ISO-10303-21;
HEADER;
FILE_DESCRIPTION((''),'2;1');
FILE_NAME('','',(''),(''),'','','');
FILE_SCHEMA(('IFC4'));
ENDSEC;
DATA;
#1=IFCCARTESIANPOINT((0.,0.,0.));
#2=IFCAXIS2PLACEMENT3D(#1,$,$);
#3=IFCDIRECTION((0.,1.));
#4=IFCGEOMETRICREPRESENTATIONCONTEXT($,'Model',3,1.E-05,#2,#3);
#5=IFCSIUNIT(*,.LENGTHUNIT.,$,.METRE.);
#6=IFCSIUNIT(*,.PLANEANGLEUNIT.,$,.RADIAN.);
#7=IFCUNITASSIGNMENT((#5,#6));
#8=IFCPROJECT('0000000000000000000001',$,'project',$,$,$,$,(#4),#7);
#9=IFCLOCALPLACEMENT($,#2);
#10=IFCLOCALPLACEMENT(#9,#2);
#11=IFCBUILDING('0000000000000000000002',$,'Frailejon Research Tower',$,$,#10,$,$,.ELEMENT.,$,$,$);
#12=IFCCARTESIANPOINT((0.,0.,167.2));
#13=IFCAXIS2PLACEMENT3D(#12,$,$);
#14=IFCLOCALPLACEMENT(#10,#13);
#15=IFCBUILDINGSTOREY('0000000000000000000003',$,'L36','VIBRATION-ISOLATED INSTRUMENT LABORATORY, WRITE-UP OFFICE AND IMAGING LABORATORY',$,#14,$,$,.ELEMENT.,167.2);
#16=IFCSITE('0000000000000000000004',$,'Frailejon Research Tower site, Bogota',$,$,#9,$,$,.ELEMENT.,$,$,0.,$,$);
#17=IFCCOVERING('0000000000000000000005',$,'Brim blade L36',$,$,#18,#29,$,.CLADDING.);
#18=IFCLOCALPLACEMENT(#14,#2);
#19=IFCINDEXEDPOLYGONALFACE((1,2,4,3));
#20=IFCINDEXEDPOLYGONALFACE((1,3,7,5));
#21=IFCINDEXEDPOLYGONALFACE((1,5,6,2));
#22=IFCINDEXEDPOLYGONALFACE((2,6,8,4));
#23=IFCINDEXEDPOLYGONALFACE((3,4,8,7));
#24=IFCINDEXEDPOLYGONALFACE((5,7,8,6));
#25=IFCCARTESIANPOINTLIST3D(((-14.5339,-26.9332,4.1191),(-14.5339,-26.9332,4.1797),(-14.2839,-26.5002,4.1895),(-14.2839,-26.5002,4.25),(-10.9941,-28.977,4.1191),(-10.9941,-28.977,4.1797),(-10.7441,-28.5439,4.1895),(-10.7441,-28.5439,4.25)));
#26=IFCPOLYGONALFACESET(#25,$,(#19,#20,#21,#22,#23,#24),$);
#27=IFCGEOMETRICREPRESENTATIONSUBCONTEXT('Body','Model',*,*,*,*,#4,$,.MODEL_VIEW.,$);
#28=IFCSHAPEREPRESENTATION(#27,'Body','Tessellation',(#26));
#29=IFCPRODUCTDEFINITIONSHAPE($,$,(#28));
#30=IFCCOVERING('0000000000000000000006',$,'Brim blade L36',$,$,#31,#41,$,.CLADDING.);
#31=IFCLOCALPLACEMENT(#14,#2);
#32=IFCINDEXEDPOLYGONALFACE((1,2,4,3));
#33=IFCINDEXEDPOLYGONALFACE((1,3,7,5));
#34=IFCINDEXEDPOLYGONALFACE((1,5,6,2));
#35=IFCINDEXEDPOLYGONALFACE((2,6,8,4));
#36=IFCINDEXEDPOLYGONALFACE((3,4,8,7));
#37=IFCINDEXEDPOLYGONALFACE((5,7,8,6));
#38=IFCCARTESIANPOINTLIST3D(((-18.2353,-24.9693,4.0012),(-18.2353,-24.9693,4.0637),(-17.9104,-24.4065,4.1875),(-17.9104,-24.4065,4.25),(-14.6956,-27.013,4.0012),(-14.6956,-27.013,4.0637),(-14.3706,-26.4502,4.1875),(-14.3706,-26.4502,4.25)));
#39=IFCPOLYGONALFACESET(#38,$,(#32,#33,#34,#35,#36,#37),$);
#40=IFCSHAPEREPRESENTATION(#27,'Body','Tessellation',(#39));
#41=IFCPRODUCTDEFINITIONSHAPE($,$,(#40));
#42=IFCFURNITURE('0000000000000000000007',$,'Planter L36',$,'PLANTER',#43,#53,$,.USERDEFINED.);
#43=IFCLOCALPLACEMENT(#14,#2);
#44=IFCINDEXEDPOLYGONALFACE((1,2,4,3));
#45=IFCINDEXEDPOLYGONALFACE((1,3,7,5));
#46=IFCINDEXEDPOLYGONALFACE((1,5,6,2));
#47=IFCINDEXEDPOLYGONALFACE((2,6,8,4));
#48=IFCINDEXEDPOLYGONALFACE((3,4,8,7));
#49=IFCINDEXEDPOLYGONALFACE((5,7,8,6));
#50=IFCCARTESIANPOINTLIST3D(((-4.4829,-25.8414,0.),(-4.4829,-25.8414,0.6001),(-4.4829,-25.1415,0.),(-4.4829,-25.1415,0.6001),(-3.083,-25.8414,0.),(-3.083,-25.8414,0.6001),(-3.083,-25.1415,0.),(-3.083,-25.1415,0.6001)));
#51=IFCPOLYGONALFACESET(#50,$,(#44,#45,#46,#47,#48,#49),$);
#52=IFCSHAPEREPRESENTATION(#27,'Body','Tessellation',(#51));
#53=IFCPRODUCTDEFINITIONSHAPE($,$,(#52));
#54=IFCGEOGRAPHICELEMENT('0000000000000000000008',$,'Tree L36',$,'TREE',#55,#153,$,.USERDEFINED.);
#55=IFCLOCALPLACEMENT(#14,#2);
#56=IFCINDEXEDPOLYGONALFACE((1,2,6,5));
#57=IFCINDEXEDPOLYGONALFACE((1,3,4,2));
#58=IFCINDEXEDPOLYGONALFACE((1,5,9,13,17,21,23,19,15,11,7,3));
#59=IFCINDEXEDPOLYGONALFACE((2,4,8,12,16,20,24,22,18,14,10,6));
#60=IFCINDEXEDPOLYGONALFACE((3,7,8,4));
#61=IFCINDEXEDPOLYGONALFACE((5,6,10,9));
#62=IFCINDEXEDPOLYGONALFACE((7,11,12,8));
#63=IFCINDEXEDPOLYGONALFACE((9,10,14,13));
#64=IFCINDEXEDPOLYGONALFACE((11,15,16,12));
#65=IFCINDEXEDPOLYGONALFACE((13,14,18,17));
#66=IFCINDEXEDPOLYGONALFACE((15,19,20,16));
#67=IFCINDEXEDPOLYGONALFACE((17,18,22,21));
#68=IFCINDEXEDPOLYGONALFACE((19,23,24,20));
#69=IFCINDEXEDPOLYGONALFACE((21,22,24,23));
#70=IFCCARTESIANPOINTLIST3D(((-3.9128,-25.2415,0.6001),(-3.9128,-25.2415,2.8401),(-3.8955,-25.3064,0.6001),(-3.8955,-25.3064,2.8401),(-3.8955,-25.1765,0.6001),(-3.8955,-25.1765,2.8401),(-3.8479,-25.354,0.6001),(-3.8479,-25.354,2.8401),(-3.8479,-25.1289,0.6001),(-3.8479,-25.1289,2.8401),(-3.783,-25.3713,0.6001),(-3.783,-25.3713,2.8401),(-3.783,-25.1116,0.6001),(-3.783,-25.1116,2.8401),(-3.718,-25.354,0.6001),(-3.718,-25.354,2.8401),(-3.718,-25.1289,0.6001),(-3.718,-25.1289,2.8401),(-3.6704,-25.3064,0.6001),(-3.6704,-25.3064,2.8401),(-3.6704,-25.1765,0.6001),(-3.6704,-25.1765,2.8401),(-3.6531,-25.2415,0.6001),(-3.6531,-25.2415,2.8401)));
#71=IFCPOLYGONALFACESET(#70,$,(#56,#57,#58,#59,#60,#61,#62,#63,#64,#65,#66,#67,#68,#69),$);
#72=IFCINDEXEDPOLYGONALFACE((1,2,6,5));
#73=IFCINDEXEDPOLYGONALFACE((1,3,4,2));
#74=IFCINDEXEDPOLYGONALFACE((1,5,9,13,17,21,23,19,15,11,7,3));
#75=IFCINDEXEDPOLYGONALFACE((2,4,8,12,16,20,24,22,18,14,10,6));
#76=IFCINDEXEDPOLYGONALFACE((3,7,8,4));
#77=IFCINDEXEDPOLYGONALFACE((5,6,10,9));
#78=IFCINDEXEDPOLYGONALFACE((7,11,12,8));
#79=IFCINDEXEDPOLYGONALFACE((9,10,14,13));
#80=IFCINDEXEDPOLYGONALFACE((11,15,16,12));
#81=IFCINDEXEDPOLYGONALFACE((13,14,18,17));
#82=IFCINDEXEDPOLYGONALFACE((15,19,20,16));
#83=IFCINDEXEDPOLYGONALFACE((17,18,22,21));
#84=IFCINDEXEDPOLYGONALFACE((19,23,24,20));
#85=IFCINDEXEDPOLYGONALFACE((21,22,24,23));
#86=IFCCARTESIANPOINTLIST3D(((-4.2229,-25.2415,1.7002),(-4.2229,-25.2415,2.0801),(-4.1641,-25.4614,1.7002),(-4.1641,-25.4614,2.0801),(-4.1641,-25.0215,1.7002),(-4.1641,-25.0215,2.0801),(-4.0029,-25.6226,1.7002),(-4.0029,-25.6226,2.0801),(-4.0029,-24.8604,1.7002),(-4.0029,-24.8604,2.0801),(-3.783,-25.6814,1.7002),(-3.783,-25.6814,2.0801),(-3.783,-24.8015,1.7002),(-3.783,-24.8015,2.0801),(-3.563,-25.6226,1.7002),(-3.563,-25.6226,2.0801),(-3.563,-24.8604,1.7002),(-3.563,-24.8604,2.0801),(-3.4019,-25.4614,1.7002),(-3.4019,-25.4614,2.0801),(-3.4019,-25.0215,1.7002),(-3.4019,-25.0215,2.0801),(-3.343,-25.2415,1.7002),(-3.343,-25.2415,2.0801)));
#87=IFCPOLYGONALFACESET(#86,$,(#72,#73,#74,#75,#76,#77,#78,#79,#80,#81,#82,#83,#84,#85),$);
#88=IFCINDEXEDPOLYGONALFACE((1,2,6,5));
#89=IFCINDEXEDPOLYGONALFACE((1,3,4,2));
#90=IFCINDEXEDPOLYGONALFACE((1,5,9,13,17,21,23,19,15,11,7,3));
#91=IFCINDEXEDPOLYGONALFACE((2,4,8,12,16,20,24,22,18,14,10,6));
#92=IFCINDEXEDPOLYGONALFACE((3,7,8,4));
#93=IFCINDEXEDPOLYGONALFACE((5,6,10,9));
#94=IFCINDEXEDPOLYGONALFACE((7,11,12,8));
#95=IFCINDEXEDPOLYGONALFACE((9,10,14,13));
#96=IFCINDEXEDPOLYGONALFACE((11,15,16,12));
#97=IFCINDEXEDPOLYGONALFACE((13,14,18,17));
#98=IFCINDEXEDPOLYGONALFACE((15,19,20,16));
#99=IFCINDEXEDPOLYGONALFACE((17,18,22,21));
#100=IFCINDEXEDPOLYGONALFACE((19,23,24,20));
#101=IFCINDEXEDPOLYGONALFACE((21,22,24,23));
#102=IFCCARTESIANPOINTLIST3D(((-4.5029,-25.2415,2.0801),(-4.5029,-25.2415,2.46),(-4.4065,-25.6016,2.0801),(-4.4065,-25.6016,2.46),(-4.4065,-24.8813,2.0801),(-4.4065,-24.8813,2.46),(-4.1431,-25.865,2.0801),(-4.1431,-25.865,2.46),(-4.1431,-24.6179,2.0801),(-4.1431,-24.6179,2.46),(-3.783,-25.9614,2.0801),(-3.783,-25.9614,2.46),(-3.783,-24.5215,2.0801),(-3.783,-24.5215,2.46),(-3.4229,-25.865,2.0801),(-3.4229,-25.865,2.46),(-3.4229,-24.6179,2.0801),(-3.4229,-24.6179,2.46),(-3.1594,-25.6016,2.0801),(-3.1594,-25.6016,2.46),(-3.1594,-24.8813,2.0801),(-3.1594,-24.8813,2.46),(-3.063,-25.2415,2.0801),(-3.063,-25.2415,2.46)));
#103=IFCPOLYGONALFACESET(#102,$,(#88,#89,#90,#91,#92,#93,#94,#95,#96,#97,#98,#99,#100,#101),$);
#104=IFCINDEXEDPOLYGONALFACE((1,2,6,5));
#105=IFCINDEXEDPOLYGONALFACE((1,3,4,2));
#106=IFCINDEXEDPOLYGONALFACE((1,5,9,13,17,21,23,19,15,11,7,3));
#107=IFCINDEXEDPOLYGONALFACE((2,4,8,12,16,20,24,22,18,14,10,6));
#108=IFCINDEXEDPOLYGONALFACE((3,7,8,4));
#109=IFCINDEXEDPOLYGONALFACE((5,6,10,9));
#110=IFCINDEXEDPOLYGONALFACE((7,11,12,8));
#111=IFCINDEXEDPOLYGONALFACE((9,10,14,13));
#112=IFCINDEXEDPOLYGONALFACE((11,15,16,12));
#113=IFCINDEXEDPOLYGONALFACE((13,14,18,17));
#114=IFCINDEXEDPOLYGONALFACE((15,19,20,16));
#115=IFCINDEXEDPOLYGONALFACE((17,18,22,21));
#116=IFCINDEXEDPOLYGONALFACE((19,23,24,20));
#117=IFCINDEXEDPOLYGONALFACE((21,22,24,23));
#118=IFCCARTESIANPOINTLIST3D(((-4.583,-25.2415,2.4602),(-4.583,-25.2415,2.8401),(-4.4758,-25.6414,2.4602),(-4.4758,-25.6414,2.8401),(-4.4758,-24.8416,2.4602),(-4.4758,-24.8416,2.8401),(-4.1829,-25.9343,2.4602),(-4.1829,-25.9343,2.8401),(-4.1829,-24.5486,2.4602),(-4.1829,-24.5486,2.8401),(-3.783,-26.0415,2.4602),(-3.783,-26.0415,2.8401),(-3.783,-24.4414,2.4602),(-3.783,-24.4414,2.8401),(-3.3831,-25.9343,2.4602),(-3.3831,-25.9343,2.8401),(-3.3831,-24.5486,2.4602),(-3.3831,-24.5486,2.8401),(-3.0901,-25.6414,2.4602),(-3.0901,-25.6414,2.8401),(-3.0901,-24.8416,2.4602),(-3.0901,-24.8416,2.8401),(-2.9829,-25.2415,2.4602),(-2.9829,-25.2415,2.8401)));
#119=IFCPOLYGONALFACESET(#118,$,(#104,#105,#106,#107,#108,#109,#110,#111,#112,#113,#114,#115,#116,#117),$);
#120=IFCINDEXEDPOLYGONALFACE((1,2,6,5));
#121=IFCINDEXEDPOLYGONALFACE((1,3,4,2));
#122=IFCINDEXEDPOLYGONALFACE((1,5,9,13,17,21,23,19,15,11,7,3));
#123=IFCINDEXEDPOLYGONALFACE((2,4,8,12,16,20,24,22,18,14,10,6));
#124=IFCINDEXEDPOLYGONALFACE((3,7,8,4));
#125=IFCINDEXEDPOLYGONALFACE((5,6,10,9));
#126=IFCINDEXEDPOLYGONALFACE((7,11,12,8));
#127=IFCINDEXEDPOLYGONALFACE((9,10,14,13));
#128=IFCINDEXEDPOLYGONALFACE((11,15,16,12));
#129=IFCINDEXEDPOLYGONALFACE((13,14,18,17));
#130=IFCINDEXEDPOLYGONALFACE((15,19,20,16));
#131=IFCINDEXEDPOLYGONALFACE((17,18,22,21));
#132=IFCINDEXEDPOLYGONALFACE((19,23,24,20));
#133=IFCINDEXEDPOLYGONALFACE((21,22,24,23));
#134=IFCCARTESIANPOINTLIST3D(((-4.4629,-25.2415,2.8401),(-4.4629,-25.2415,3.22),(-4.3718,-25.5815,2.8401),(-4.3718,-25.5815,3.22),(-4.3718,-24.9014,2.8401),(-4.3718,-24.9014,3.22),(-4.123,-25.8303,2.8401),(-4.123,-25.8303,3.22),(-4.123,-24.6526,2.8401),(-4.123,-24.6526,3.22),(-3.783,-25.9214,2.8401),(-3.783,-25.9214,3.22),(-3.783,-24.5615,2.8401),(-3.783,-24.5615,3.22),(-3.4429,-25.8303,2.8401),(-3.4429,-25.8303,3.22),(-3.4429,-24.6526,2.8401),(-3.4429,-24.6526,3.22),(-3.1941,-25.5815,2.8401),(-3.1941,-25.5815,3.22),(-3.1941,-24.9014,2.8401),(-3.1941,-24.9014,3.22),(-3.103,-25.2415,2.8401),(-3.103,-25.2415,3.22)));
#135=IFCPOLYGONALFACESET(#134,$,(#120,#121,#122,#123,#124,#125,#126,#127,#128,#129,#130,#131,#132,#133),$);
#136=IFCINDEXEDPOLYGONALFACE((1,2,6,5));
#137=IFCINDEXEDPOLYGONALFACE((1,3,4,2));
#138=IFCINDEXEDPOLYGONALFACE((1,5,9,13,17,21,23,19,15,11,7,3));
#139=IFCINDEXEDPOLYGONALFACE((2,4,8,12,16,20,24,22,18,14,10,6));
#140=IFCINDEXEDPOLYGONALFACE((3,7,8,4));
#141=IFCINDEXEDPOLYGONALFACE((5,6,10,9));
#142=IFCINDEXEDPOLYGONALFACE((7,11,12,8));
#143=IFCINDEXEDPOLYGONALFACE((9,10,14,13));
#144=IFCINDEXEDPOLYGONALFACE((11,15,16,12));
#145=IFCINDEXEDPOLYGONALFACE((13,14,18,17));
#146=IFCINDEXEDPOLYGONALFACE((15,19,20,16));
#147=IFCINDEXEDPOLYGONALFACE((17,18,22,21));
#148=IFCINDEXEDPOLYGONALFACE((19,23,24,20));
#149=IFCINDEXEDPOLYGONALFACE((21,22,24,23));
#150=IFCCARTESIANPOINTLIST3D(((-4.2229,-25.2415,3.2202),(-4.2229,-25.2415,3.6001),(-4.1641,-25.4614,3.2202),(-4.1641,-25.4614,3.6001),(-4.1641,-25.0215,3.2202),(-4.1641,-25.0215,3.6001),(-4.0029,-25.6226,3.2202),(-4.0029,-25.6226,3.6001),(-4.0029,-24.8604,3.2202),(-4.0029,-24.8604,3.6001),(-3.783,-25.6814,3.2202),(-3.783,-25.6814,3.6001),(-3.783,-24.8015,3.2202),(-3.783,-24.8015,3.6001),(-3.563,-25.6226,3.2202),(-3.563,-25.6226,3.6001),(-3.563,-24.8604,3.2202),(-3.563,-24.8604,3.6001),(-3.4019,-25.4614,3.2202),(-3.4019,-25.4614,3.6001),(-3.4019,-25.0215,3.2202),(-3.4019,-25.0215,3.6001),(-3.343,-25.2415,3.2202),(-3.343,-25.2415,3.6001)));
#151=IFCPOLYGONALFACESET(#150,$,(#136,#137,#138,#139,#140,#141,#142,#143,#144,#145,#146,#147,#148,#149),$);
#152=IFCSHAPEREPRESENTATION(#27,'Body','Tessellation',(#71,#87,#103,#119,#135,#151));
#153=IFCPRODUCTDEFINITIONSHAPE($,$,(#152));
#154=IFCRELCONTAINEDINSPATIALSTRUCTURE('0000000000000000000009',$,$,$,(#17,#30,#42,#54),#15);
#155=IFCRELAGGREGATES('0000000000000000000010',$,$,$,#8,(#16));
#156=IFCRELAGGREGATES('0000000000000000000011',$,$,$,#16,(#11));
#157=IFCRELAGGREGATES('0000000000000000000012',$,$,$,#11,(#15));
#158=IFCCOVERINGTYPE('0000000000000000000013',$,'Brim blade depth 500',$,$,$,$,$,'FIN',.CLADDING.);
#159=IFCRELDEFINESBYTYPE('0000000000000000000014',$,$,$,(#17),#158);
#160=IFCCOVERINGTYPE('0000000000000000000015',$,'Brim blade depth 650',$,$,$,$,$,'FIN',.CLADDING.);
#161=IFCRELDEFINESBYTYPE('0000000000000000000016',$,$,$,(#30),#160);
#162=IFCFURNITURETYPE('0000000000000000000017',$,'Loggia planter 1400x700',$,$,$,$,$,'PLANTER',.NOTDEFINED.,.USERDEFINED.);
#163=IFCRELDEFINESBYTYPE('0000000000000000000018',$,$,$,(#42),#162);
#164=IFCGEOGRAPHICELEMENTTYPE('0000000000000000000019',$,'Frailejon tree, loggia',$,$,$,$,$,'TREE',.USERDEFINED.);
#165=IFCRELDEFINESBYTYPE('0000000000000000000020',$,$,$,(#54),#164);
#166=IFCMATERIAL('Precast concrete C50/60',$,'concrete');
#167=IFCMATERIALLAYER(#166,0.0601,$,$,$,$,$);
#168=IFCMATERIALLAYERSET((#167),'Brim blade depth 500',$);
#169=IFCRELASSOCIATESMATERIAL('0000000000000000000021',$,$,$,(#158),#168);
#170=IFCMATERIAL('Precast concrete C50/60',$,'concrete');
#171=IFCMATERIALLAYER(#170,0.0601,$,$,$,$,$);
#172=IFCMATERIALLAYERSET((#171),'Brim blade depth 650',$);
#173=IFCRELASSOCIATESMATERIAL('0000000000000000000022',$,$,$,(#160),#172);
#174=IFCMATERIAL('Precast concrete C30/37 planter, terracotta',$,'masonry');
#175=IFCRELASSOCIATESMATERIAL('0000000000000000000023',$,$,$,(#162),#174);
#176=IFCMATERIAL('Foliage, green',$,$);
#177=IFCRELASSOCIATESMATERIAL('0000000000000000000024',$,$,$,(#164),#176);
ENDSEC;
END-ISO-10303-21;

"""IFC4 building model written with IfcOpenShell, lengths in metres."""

from ifc_helpers import new_model, si_unit, direction, frame, origin, origin_2d, place, context, subcontext, project, spatial, polyline, rectangle, outline, extrude, material, layer, layer_set, type_object, element, save


model = new_model("IFC4")

# Units and contexts
model_context = context("Model", 3, precision=1e-05, world=origin(), true_north=direction((0.0, 1.0)))
body_context = subcontext(model_context, "Body", "Model", "MODEL_VIEW")
ifc_project = project(units=[si_unit("LENGTHUNIT", "METRE"), si_unit("PLANEANGLEUNIT", "RADIAN")], contexts=[model_context])

# Site, building, storey
site_placement = place(None, origin())
site = spatial("IfcSite", under=ifc_project, at=site_placement, Name="Frailejon Research Tower site, Bogota", CompositionType="ELEMENT", RefElevation=0.0)
building_placement = place(site_placement, origin())
building = spatial("IfcBuilding", under=site, at=building_placement, Name="Frailejon Research Tower", CompositionType="ELEMENT")
storey_placement = place(building_placement, frame((0.0, 0.0, 167.2)))
storey = spatial("IfcBuildingStorey", under=building, at=storey_placement, Name="L36", Description="VIBRATION-ISOLATED INSTRUMENT LABORATORY, WRITE-UP OFFICE AND IMAGING LABORATORY", CompositionType="ELEMENT", Elevation=167.2)

# Coverings
ifc_material_1 = material(Name="Precast concrete C50/60", Category="concrete")
ifc_layer_1 = layer(ifc_material_1, 0.0601)
ifc_layer_set_1 = layer_set([ifc_layer_1], Name="Brim blade depth 500")
covering_type_1 = type_object("IfcCoveringType", Name="Brim blade depth 500", ElementType="FIN", PredefinedType="CLADDING", material=ifc_layer_set_1)
covering_1_placement = place(storey_placement, frame((-10.7441, -28.5439, 4.25), z_axis=(-0.866021, 0.500007, 0.0), x_axis=(-0.500007, -0.866021, 0.0)))
element("IfcCovering", 1, at=covering_1_placement, inside=storey, type_object=covering_type_1, Name="Brim blade L36", PredefinedType="CLADDING", context=body_context, shape_type="SweptSolid", body=[
    extrude(outline(polyline([(0.0, -0.0605), (0.5, -0.1309), (0.5, -0.0703), (0.0, 0.0), (0.0, -0.0605)])), origin(), (0.0, 0.0, 1.0), 4.0874),
])
ifc_material_2 = material(Name="Precast concrete C50/60", Category="concrete")
ifc_layer_2 = layer(ifc_material_2, 0.0601)
ifc_layer_set_2 = layer_set([ifc_layer_2], Name="Brim blade depth 650")
covering_type_2 = type_object("IfcCoveringType", Name="Brim blade depth 650", ElementType="FIN", PredefinedType="CLADDING", material=ifc_layer_set_2)
covering_2_placement = place(storey_placement, frame((-14.3706, -26.4502, 4.25), z_axis=(-0.866021, 0.500007, 0.0), x_axis=(-0.500007, -0.866021, 0.0)))
element("IfcCovering", 2, at=covering_2_placement, inside=storey, type_object=covering_type_2, Name="Brim blade L36", PredefinedType="CLADDING", context=body_context, shape_type="SweptSolid", body=[
    extrude(outline(polyline([(0.0, -0.0625), (0.6499, -0.2488), (0.6499, -0.1863), (0.0, 0.0), (0.0, -0.0625)])), origin(), (0.0, 0.0, 1.0), 4.0874),
])

# Furniture
ifc_material_3 = material(Name="Precast concrete C30/37 planter, terracotta", Category="masonry")
furniture_type = type_object("IfcFurnitureType", Name="Loggia planter 1400x700", ElementType="PLANTER", AssemblyPlace="NOTDEFINED", PredefinedType="USERDEFINED", material=ifc_material_3)
furniture_placement = place(storey_placement, frame((-3.783, -25.4915, 0.0), z_axis=(0.0, 0.0, 1.0), x_axis=(1.0, 0.0, 0.0)))
element("IfcFurniture", 3, at=furniture_placement, inside=storey, type_object=furniture_type, Name="Planter L36", ObjectType="PLANTER", PredefinedType="USERDEFINED", context=body_context, shape_type="SweptSolid", body=[
    extrude(rectangle(XDim=1.3999, YDim=0.7, at=origin_2d()), origin(), (0.0, 0.0, 1.0), 0.6001),
])

# Geographic element
ifc_material_4 = material(Name="Foliage, green")
geographic_element_type = type_object("IfcGeographicElementType", Name="Frailejon tree, loggia", ElementType="TREE", PredefinedType="USERDEFINED", material=ifc_material_4)
geographic_element_placement = place(storey_placement, frame((-3.783, -25.2415, 0.6001)))
element("IfcGeographicElement", 4, at=geographic_element_placement, inside=storey, type_object=geographic_element_type, Name="Tree L36", ObjectType="TREE", PredefinedType="USERDEFINED", context=body_context, shape_type="SweptSolid", body=[
    extrude(outline(polyline([(0.1299, 0.0), (0.1125, 0.0649), (0.0649, 0.1125), (0.0, 0.1299), (-0.0649, 0.1125), (-0.1125, 0.0649), (-0.1299, 0.0), (-0.1125, -0.0649), (-0.0649, -0.1125), (0.0, -0.1299), (0.0649, -0.1125), (0.1125, -0.0649), (0.1299, 0.0)])), origin(), (0.0, 0.0, 1.0), 2.24),
    extrude(outline(polyline([(0.4399, 0.0), (0.3811, 0.22), (0.22, 0.3811), (0.0, 0.4399), (-0.22, 0.3811), (-0.3811, 0.22), (-0.4399, 0.0), (-0.3811, -0.22), (-0.22, -0.3811), (0.0, -0.4399), (0.22, -0.3811), (0.3811, -0.22), (0.4399, 0.0)])), frame((0.0, 0.0, 1.1001)), (0.0, 0.0, 1.0), 0.3799),
    extrude(outline(polyline([(0.72, 0.0), (0.6235, 0.3601), (0.3601, 0.6235), (0.0, 0.72), (-0.3601, 0.6235), (-0.6235, 0.3601), (-0.72, 0.0), (-0.6235, -0.3601), (-0.3601, -0.6235), (0.0, -0.72), (0.3601, -0.6235), (0.6235, -0.3601), (0.72, 0.0)])), frame((0.0, 0.0, 1.48)), (0.0, 0.0, 1.0), 0.3799),
    extrude(outline(polyline([(0.8, 0.0), (0.6929, 0.3999), (0.3999, 0.6929), (0.0, 0.8), (-0.3999, 0.6929), (-0.6929, 0.3999), (-0.8, 0.0), (-0.6929, -0.3999), (-0.3999, -0.6929), (0.0, -0.8), (0.3999, -0.6929), (0.6929, -0.3999), (0.8, 0.0)])), frame((0.0, 0.0, 1.8601)), (0.0, 0.0, 1.0), 0.3799),
    extrude(outline(polyline([(0.6799, 0.0), (0.5889, 0.3401), (0.3401, 0.5889), (0.0, 0.6799), (-0.3401, 0.5889), (-0.5889, 0.3401), (-0.6799, 0.0), (-0.5889, -0.3401), (-0.3401, -0.5889), (0.0, -0.6799), (0.3401, -0.5889), (0.5889, -0.3401), (0.6799, 0.0)])), frame((0.0, 0.0, 2.24)), (0.0, 0.0, 1.0), 0.3799),
    extrude(outline(polyline([(0.4399, 0.0), (0.3811, 0.22), (0.22, 0.3811), (0.0, 0.4399), (-0.22, 0.3811), (-0.3811, 0.22), (-0.4399, 0.0), (-0.3811, -0.22), (-0.22, -0.3811), (0.0, -0.4399), (0.22, -0.3811), (0.3811, -0.22), (0.4399, 0.0)])), frame((0.0, 0.0, 2.6201)), (0.0, 0.0, 1.0), 0.3799),
])

save(model, "model.ifc")
